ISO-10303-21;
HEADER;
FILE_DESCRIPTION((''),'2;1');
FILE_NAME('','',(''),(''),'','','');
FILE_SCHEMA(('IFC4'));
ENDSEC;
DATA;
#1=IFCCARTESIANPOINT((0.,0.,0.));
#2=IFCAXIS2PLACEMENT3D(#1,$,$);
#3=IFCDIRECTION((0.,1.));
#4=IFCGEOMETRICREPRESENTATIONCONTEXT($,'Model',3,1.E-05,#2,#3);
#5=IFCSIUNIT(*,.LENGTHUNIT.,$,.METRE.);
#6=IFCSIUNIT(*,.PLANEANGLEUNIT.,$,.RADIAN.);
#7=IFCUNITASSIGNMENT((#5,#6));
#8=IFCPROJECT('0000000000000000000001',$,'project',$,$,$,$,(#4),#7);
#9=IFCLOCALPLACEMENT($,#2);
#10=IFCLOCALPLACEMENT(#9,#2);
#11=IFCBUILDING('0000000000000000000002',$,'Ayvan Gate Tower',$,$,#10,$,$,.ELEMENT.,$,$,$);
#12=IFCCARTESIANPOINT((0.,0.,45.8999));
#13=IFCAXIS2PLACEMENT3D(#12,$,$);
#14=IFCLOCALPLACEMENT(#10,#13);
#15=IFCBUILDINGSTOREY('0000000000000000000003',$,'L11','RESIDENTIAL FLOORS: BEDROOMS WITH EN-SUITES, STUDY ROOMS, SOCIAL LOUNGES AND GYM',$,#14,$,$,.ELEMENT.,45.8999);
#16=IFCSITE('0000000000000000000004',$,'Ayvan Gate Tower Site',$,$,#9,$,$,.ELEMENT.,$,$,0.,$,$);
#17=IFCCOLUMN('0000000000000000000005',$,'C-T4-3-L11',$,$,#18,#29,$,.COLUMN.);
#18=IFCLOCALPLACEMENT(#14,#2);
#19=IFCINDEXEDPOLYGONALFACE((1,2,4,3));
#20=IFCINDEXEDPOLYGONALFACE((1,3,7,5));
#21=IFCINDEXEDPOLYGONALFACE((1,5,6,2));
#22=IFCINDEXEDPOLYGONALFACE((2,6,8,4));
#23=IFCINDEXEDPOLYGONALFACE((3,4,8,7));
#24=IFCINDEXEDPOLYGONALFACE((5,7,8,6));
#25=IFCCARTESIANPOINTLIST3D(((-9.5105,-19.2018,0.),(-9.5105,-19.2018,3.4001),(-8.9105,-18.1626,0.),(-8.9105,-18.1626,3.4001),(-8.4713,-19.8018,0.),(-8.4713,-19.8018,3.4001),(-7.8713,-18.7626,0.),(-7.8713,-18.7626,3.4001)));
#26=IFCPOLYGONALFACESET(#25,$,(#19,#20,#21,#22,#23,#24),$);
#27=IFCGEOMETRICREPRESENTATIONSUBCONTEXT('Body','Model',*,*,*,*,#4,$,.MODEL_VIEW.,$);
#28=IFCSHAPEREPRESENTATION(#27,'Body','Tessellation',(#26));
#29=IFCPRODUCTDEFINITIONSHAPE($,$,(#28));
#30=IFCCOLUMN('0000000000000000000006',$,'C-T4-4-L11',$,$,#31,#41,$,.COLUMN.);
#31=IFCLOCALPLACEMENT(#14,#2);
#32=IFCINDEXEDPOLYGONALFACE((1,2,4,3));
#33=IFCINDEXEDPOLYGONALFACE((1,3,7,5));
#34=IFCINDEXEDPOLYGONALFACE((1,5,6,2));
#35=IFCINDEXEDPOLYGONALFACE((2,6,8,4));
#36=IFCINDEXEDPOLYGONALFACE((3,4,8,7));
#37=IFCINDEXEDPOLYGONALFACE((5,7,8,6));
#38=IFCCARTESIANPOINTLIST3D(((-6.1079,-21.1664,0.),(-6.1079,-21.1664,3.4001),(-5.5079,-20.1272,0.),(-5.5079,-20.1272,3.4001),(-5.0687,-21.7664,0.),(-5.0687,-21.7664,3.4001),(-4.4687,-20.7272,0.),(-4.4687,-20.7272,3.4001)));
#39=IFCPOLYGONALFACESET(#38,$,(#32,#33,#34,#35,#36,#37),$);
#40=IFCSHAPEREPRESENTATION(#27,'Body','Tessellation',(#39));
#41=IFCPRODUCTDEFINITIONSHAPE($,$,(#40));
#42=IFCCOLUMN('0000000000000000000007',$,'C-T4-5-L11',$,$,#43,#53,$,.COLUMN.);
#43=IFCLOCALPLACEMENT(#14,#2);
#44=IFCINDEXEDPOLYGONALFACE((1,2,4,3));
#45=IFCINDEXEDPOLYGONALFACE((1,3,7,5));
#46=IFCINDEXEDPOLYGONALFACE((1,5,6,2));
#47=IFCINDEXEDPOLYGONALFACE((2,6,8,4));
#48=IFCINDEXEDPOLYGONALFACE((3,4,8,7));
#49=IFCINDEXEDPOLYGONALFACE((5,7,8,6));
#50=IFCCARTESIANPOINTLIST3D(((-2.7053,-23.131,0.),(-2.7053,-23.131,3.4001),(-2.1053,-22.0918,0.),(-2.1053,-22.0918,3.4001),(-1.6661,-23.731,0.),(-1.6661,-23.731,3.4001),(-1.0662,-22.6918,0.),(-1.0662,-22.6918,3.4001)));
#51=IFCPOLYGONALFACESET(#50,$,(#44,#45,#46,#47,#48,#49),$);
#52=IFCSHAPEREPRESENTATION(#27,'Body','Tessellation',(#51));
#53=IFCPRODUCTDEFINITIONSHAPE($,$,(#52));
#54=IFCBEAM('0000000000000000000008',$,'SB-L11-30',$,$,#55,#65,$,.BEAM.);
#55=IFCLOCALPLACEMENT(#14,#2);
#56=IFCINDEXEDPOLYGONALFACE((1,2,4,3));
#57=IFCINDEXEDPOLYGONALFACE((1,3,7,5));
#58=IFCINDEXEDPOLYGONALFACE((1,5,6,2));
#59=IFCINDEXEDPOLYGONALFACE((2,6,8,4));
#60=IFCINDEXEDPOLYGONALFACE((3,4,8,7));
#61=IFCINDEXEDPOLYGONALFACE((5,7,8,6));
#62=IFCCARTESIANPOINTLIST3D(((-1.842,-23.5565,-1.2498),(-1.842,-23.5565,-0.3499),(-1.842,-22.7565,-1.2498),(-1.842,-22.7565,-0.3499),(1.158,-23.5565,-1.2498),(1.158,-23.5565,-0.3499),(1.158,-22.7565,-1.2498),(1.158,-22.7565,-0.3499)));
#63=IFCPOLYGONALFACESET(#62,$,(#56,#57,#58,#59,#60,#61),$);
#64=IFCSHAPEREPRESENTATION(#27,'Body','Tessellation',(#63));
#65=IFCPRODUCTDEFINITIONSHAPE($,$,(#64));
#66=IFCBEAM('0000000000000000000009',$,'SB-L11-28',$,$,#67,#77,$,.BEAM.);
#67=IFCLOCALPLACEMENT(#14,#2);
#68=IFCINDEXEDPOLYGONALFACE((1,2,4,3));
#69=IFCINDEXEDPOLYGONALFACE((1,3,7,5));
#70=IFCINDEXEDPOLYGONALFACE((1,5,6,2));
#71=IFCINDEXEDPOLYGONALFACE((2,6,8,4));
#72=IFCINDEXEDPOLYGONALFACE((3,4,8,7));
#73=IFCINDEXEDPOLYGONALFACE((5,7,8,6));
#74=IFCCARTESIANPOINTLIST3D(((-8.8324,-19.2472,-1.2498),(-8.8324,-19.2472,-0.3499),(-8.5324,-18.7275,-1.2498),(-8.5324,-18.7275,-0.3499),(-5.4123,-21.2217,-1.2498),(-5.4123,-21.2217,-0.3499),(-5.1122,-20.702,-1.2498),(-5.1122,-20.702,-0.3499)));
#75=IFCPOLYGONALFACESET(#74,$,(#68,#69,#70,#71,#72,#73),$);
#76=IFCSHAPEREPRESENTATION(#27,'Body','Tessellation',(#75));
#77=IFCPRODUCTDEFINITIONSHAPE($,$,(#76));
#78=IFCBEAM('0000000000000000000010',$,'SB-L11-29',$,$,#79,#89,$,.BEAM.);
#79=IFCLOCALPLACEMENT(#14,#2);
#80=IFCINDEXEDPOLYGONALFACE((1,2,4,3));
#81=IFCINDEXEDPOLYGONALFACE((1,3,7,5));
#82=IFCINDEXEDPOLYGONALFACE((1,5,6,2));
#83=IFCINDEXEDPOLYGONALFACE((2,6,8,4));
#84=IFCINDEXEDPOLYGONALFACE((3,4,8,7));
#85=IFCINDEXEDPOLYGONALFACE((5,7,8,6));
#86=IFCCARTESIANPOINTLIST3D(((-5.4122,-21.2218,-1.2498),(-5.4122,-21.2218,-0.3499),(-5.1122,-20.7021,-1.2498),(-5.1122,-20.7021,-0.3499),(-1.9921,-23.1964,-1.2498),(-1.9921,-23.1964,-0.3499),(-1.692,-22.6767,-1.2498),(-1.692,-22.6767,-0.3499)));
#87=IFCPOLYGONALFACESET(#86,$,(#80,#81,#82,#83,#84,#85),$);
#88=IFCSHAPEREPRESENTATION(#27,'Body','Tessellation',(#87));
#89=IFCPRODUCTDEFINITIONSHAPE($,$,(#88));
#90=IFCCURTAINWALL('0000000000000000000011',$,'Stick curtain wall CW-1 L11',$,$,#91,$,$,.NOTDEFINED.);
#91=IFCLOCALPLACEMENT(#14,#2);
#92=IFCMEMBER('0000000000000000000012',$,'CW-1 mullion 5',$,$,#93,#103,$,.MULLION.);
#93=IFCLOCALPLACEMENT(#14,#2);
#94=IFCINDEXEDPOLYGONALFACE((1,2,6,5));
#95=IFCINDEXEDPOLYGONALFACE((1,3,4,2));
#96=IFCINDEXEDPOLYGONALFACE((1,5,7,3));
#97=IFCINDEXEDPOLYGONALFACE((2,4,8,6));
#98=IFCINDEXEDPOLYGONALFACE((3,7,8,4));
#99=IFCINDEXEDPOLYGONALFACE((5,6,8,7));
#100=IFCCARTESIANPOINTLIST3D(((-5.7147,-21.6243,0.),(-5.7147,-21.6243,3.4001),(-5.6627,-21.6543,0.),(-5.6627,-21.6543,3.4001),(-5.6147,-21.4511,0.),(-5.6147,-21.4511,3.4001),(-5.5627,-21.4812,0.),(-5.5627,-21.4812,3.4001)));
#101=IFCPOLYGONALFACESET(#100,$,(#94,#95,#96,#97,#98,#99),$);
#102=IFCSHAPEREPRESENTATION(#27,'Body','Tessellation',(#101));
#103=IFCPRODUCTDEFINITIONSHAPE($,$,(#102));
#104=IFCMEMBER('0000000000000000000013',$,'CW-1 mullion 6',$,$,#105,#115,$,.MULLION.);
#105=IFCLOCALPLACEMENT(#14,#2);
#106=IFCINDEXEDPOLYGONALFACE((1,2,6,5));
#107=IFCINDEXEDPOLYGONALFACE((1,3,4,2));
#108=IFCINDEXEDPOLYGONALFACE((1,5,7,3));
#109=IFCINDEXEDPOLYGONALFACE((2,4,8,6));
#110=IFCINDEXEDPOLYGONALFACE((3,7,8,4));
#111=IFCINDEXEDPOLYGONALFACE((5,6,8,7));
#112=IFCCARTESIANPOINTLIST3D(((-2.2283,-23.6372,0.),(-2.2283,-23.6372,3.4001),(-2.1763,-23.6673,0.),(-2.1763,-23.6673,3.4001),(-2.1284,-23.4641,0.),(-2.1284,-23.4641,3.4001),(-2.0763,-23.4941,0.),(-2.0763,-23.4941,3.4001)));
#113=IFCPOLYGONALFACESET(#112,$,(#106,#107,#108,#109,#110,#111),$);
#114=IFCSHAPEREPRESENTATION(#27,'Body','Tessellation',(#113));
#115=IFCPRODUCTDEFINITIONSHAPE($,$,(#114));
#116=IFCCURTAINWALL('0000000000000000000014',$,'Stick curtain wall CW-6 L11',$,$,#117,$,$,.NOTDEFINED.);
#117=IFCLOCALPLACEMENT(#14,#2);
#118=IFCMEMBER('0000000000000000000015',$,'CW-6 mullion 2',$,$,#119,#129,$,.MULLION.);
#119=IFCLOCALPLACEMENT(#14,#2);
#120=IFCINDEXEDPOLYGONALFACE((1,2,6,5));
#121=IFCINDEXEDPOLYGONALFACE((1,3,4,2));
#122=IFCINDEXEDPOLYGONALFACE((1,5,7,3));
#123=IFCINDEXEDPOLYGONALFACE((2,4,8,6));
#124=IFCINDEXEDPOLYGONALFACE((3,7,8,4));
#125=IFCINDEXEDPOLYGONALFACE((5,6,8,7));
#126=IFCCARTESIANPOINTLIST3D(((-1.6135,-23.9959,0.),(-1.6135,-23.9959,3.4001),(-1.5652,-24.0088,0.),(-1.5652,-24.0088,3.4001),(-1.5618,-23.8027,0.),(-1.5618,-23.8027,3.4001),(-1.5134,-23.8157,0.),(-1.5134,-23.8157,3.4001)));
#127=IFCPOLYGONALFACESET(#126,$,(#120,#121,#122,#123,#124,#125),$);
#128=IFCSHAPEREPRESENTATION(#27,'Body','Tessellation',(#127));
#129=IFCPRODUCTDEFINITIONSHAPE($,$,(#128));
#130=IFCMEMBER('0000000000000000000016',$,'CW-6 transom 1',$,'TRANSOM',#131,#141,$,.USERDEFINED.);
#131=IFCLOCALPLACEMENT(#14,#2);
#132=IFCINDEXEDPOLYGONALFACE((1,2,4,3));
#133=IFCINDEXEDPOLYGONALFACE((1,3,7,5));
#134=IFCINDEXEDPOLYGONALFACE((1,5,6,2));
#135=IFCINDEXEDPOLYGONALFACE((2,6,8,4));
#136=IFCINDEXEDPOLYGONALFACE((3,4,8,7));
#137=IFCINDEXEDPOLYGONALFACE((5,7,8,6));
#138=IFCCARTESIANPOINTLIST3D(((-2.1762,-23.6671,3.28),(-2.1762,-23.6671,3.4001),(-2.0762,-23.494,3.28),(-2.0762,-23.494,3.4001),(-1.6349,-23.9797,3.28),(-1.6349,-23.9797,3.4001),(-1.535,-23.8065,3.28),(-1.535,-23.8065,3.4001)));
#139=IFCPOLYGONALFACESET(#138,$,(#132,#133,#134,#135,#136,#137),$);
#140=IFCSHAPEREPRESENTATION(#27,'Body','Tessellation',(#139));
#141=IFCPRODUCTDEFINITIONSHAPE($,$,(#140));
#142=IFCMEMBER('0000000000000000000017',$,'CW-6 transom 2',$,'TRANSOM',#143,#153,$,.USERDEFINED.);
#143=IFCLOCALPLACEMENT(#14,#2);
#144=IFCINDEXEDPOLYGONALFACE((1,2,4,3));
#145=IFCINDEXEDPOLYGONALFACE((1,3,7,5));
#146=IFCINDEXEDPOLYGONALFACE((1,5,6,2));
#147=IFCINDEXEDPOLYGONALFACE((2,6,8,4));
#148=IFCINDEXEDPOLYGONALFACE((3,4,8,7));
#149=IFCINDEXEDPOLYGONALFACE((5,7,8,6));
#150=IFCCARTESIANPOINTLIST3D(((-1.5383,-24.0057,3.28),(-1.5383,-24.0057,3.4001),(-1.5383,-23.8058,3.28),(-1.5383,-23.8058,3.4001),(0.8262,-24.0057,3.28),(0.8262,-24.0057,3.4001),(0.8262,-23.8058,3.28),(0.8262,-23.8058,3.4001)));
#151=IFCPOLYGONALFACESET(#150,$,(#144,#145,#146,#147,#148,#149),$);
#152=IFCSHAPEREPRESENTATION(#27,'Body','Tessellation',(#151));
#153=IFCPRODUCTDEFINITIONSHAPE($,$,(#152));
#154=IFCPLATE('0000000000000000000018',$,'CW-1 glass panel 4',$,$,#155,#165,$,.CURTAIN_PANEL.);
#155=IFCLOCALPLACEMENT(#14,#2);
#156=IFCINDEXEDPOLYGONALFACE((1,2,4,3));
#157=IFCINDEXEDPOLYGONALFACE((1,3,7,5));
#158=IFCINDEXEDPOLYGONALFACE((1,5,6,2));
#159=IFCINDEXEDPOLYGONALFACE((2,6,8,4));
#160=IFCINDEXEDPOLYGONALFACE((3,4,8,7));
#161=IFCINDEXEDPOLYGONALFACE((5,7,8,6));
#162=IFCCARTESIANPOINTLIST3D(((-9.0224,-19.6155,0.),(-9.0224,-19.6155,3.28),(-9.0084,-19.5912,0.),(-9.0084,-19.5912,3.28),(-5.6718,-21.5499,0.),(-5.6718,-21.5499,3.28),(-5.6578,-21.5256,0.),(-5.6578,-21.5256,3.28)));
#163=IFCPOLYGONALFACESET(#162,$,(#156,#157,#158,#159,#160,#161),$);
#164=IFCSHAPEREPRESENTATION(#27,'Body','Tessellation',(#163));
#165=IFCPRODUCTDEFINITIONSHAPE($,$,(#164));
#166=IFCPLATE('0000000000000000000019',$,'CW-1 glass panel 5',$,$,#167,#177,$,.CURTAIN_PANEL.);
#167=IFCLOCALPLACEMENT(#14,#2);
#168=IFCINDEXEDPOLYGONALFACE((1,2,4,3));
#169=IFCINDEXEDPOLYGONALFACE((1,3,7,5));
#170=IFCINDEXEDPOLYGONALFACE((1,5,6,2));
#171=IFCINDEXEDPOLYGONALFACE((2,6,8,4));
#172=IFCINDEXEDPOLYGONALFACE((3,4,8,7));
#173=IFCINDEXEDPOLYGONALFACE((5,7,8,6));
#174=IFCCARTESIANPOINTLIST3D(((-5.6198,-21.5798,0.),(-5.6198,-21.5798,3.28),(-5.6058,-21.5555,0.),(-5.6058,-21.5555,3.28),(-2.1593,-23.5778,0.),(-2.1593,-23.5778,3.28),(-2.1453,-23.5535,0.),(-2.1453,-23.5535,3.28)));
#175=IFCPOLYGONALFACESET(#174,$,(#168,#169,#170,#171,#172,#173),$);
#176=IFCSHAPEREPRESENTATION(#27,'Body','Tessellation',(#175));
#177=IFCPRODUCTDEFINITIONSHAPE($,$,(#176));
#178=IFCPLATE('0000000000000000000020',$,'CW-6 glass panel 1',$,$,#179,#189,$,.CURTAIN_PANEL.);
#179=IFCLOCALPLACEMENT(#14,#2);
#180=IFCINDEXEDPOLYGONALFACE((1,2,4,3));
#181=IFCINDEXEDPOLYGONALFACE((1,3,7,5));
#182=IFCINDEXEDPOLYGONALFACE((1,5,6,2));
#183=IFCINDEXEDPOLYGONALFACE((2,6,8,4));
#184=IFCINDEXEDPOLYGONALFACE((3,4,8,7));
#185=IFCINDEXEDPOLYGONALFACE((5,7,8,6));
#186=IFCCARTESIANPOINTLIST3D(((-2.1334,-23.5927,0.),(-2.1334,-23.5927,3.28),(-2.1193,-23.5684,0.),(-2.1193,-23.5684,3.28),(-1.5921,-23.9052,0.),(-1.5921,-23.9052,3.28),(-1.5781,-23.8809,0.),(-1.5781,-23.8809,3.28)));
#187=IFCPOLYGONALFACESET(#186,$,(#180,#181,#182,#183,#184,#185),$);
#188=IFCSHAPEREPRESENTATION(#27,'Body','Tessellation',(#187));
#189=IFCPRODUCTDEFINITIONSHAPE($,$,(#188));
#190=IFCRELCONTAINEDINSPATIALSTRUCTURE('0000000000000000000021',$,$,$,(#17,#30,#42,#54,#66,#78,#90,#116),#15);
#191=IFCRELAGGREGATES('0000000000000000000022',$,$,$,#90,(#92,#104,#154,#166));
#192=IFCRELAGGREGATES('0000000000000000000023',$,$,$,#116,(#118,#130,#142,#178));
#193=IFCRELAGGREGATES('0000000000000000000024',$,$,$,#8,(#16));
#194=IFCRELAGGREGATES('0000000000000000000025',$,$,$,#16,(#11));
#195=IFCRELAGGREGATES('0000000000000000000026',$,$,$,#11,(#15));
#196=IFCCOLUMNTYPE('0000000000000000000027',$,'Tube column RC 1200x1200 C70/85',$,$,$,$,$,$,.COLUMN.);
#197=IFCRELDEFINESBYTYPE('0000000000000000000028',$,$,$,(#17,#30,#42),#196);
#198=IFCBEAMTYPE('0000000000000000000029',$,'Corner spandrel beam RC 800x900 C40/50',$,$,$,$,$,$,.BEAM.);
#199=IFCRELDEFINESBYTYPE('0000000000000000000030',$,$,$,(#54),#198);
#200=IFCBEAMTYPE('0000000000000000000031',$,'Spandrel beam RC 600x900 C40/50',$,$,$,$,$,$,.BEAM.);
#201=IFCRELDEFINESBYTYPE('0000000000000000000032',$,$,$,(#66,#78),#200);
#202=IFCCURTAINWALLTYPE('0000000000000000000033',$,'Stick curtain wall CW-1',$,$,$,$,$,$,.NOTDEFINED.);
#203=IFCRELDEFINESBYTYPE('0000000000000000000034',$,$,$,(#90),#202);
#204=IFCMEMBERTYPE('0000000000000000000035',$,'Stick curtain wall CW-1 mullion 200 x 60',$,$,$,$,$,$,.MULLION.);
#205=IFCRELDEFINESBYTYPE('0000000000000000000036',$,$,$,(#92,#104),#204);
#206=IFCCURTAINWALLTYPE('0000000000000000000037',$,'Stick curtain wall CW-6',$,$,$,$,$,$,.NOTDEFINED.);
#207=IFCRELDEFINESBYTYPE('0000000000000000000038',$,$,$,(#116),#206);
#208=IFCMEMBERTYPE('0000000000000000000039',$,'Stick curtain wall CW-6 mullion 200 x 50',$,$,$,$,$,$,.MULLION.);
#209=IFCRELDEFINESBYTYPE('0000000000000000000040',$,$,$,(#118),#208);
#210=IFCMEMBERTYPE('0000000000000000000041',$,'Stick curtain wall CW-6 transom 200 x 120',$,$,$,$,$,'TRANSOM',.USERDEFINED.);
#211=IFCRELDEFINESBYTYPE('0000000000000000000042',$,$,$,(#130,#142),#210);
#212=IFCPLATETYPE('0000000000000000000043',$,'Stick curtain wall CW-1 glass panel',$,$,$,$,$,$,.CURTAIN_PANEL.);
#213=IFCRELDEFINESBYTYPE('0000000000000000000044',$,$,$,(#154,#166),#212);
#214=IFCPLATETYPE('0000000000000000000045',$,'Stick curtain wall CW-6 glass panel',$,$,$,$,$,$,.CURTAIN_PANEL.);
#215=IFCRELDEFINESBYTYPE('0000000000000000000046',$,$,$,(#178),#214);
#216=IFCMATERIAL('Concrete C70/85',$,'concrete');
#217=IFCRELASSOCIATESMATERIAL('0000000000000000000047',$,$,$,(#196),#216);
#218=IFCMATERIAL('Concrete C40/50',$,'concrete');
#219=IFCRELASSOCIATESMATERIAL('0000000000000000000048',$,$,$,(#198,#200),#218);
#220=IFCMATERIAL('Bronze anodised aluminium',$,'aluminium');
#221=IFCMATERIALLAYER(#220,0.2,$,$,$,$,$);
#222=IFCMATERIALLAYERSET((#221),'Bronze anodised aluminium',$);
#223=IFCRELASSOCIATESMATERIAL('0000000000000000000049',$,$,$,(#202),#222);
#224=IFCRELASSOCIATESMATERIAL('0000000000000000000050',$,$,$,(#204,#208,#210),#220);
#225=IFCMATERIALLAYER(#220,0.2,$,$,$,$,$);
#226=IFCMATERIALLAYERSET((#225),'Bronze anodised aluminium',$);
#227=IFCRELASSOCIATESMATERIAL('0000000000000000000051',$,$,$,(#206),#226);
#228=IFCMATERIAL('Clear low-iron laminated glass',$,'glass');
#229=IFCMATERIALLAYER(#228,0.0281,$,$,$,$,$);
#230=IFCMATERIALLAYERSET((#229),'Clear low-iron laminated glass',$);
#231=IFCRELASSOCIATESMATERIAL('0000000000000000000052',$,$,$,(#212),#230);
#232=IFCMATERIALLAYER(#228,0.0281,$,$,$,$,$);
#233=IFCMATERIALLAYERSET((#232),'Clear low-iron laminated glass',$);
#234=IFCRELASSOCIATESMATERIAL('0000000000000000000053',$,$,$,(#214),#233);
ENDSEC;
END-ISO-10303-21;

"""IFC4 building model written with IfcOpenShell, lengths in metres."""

from ifc_helpers import new_model, si_unit, direction, frame, origin, origin_2d, place, context, subcontext, project, spatial, rectangle, extrude, material, layer, layer_set, material_profile, profile_set, type_object, element, aggregate, save


model = new_model("IFC4")

# Units and contexts
model_context = context("Model", 3, precision=1e-05, world=origin(), true_north=direction((0.0, 1.0)))
body_context = subcontext(model_context, "Body", "Model", "MODEL_VIEW")
ifc_project = project(units=[si_unit("LENGTHUNIT", "METRE"), si_unit("PLANEANGLEUNIT", "RADIAN")], contexts=[model_context])

# Site, building, storey
site_placement = place(None, origin())
site = spatial("IfcSite", under=ifc_project, at=site_placement, Name="Ayvan Gate Tower Site", CompositionType="ELEMENT", RefElevation=0.0)
building_placement = place(site_placement, origin())
building = spatial("IfcBuilding", under=site, at=building_placement, Name="Ayvan Gate Tower", CompositionType="ELEMENT")
storey_placement = place(building_placement, frame((0.0, 0.0, 45.8999)))
storey = spatial("IfcBuildingStorey", under=building, at=storey_placement, Name="L11", Description="RESIDENTIAL FLOORS: BEDROOMS WITH EN-SUITES, STUDY ROOMS, SOCIAL LOUNGES AND GYM", CompositionType="ELEMENT", Elevation=45.8999)

# Columns
ifc_material_1 = material(Name="Concrete C70/85", Category="concrete")
ifc_material_profile_1 = material_profile(ifc_material_1, rectangle(XDim=1.2, YDim=1.2, at=origin_2d()), Name="RC 1200x1200")
ifc_profile_set_1 = profile_set([ifc_material_profile_1], Name="Concrete C70/85")
column_type = type_object("IfcColumnType", Name="Tube column RC 1200x1200 C70/85", PredefinedType="COLUMN", material=ifc_profile_set_1)
for number, where, z_axis, x_axis, name in (
    (1, (-8.6909, -18.9822, 0.0), (0.0, 0.0, 1.0), (-0.5, -0.866025, 0.0), "C-T4-3-L11"),
    (2, (-5.2883, -20.9468, 0.0), (0.0, 0.0, 1.0), (-0.5, -0.866025, 0.0), "C-T4-4-L11"),
    (3, (-1.8857, -22.9114, 0.0), (0.0, 0.0, 1.0), (-0.5, -0.866025, 0.0), "C-T4-5-L11"),
):
    element("IfcColumn", number, at=place(storey_placement, frame(where, z_axis=z_axis, x_axis=x_axis)), inside=storey, type_object=column_type, Name=name, PredefinedType="COLUMN", context=body_context, shape_type="SweptSolid", body=[
        extrude(rectangle(XDim=1.2, YDim=1.2, at=origin_2d()), origin(), (0.0, 0.0, 1.0), 3.4001),
    ])

# Beams
ifc_material_2 = material(Name="Concrete C40/50", Category="concrete")
ifc_material_profile_2 = material_profile(ifc_material_2, rectangle(XDim=0.8, YDim=0.8999, at=origin_2d()), Name="RC 800x900")
ifc_profile_set_2 = profile_set([ifc_material_profile_2], Name="Concrete C40/50")
beam_type_1 = type_object("IfcBeamType", Name="Corner spandrel beam RC 800x900 C40/50", PredefinedType="BEAM", material=ifc_profile_set_2)
beam_placement = place(storey_placement, frame((-1.842, -23.1565, -0.7998), z_axis=(1.0, 0.0, 0.0), x_axis=(0.0, 1.0, 0.0)))
element("IfcBeam", 4, at=beam_placement, inside=storey, type_object=beam_type_1, Name="SB-L11-30", PredefinedType="BEAM", context=body_context, shape_type="SweptSolid", body=[
    extrude(rectangle(XDim=0.8, YDim=0.8999, at=origin_2d()), origin(), (0.0, 0.0, 1.0), 3.0),
])
ifc_material_profile_3 = material_profile(ifc_material_2, rectangle(XDim=0.6001, YDim=0.8999, at=origin_2d()), Name="RC 600x900")
ifc_profile_set_3 = profile_set([ifc_material_profile_3], Name="Concrete C40/50")
beam_type_2 = type_object("IfcBeamType", Name="Spandrel beam RC 600x900 C40/50", PredefinedType="BEAM", material=ifc_profile_set_3)
for number, where, z_axis, x_axis, name in (
    (5, (-8.6824, -18.9873, -0.7998), (0.866028, -0.499995, 0.0), (0.499995, 0.866028, 0.0), "SB-L11-28"),
    (6, (-5.2622, -20.9619, -0.7998), (0.866028, -0.499995, 0.0), (0.499995, 0.866028, 0.0), "SB-L11-29"),
):
    element("IfcBeam", number, at=place(storey_placement, frame(where, z_axis=z_axis, x_axis=x_axis)), inside=storey, type_object=beam_type_2, Name=name, PredefinedType="BEAM", context=body_context, shape_type="SweptSolid", body=[
        extrude(rectangle(XDim=0.6001, YDim=0.8999, at=origin_2d()), origin(), (0.0, 0.0, 1.0), 3.9492),
    ])

# Curtain walls, members
ifc_material_3 = material(Name="Bronze anodised aluminium", Category="aluminium")
ifc_layer_1 = layer(ifc_material_3, 0.2)
ifc_layer_set_1 = layer_set([ifc_layer_1], Name="Bronze anodised aluminium")
curtain_wall_type_1 = type_object("IfcCurtainWallType", Name="Stick curtain wall CW-1", PredefinedType="NOTDEFINED", material=ifc_layer_set_1)
curtain_wall_1_placement = place(storey_placement, origin())
curtain_wall_1 = element("IfcCurtainWall", 7, at=curtain_wall_1_placement, inside=storey, type_object=curtain_wall_type_1, Name="Stick curtain wall CW-1 L11", PredefinedType="NOTDEFINED")
ifc_material_profile_4 = material_profile(ifc_material_3, rectangle(XDim=0.2, YDim=0.0601, at=origin_2d()), Name="Stick curtain wall CW-1 mullion 200 x 60")
ifc_profile_set_4 = profile_set([ifc_material_profile_4], Name="Bronze anodised aluminium")
member_type_1 = type_object("IfcMemberType", Name="Stick curtain wall CW-1 mullion 200 x 60", PredefinedType="MULLION", material=ifc_profile_set_4)
member_1_placement = place(storey_placement, frame((-5.6387, -21.5527, 0.0), z_axis=(0.0, 0.0, 1.0), x_axis=(-0.5, -0.866025, 0.0)))
member_1 = element("IfcMember", 8, at=member_1_placement, type_object=member_type_1, Name="CW-1 mullion 5", PredefinedType="MULLION", context=body_context, shape_type="SweptSolid", body=[
    extrude(rectangle(XDim=0.2, YDim=0.0601, at=origin_2d()), origin(), (0.0, 0.0, 1.0), 3.4001),
])
member_2_placement = place(storey_placement, frame((-2.1523, -23.5657, 0.0), z_axis=(0.0, 0.0, 1.0), x_axis=(-0.5, -0.866025, 0.0)))
member_2 = element("IfcMember", 9, at=member_2_placement, type_object=member_type_1, Name="CW-1 mullion 6", PredefinedType="MULLION", context=body_context, shape_type="SweptSolid", body=[
    extrude(rectangle(XDim=0.2, YDim=0.0601, at=origin_2d()), origin(), (0.0, 0.0, 1.0), 3.4001),
])
ifc_layer_2 = layer(ifc_material_3, 0.2)
ifc_layer_set_2 = layer_set([ifc_layer_2], Name="Bronze anodised aluminium")
curtain_wall_type_2 = type_object("IfcCurtainWallType", Name="Stick curtain wall CW-6", PredefinedType="NOTDEFINED", material=ifc_layer_set_2)
curtain_wall_2_placement = place(storey_placement, origin())
curtain_wall_2 = element("IfcCurtainWall", 10, at=curtain_wall_2_placement, inside=storey, type_object=curtain_wall_type_2, Name="Stick curtain wall CW-6 L11", PredefinedType="NOTDEFINED")
ifc_material_profile_5 = material_profile(ifc_material_3, rectangle(XDim=0.2, YDim=0.05, at=origin_2d()), Name="Stick curtain wall CW-6 mullion 200 x 50")
ifc_profile_set_5 = profile_set([ifc_material_profile_5], Name="Bronze anodised aluminium")
member_type_2 = type_object("IfcMemberType", Name="Stick curtain wall CW-6 mullion 200 x 50", PredefinedType="MULLION", material=ifc_profile_set_5)
member_3_placement = place(storey_placement, frame((-1.5635, -23.9058, 0.0), z_axis=(0.0, 0.0, 1.0), x_axis=(-0.258819, -0.965926, 0.0)))
member_3 = element("IfcMember", 11, at=member_3_placement, type_object=member_type_2, Name="CW-6 mullion 2", PredefinedType="MULLION", context=body_context, shape_type="SweptSolid", body=[
    extrude(rectangle(XDim=0.2, YDim=0.05, at=origin_2d()), origin(), (0.0, 0.0, 1.0), 3.4001),
])
ifc_material_profile_6 = material_profile(ifc_material_3, rectangle(XDim=0.2, YDim=0.1201, at=origin_2d()), Name="Stick curtain wall CW-6 transom 200 x 120")
ifc_profile_set_6 = profile_set([ifc_material_profile_6], Name="Bronze anodised aluminium")
member_type_3 = type_object("IfcMemberType", Name="Stick curtain wall CW-6 transom 200 x 120", ElementType="TRANSOM", PredefinedType="USERDEFINED", material=ifc_profile_set_6)
member_4_placement = place(storey_placement, frame((-2.1262, -23.5806, 3.3401), z_axis=(0.866023, -0.500004, 0.0), x_axis=(0.500004, 0.866023, 0.0)))
member_4 = element("IfcMember", 12, at=member_4_placement, type_object=member_type_3, Name="CW-6 transom 1", ObjectType="TRANSOM", PredefinedType="USERDEFINED", context=body_context, shape_type="SweptSolid", body=[
    extrude(rectangle(XDim=0.2, YDim=0.1201, at=origin_2d()), origin(), (0.0, 0.0, 1.0), 0.625),
])
member_5_placement = place(storey_placement, frame((-1.5383, -23.9058, 3.3401), z_axis=(1.0, 0.0, 0.0), x_axis=(0.0, 1.0, 0.0)))
member_5 = element("IfcMember", 13, at=member_5_placement, type_object=member_type_3, Name="CW-6 transom 2", ObjectType="TRANSOM", PredefinedType="USERDEFINED", context=body_context, shape_type="SweptSolid", body=[
    extrude(rectangle(XDim=0.2, YDim=0.1201, at=origin_2d()), origin(), (0.0, 0.0, 1.0), 2.3645),
])

# Plates
ifc_material_4 = material(Name="Clear low-iron laminated glass", Category="glass")
ifc_layer_3 = layer(ifc_material_4, 0.0281)
ifc_layer_set_3 = layer_set([ifc_layer_3], Name="Clear low-iron laminated glass")
plate_type_1 = type_object("IfcPlateType", Name="Stick curtain wall CW-1 glass panel", PredefinedType="CURTAIN_PANEL", material=ifc_layer_set_3)
plate_1_placement = place(storey_placement, frame((-7.3401, -20.5706, 0.0), z_axis=(0.0, 0.0, 1.0), x_axis=(0.866025, -0.5, 0.0)))
plate_1 = element("IfcPlate", 14, at=plate_1_placement, type_object=plate_type_1, Name="CW-1 glass panel 4", PredefinedType="CURTAIN_PANEL", context=body_context, shape_type="SweptSolid", body=[
    extrude(rectangle(XDim=3.8689, YDim=0.0281, at=origin_2d()), origin(), (0.0, 0.0, 1.0), 3.28),
])
plate_2_placement = place(storey_placement, frame((-3.8826, -22.5667, 0.0), z_axis=(0.0, 0.0, 1.0), x_axis=(0.866025, -0.5, 0.0)))
plate_2 = element("IfcPlate", 15, at=plate_2_placement, type_object=plate_type_1, Name="CW-1 glass panel 5", PredefinedType="CURTAIN_PANEL", context=body_context, shape_type="SweptSolid", body=[
    extrude(rectangle(XDim=3.9958, YDim=0.0281, at=origin_2d()), origin(), (0.0, 0.0, 1.0), 3.28),
])
aggregate(curtain_wall_1, [member_1, member_2, plate_1, plate_2])
ifc_layer_4 = layer(ifc_material_4, 0.0281)
ifc_layer_set_4 = layer_set([ifc_layer_4], Name="Clear low-iron laminated glass")
plate_type_2 = type_object("IfcPlateType", Name="Stick curtain wall CW-6 glass panel", PredefinedType="CURTAIN_PANEL", material=ifc_layer_set_4)
plate_3_placement = place(storey_placement, frame((-1.8557, -23.7368, 0.0), z_axis=(0.0, 0.0, 1.0), x_axis=(0.866025, -0.5, 0.0)))
plate_3 = element("IfcPlate", 16, at=plate_3_placement, type_object=plate_type_2, Name="CW-6 glass panel 1", PredefinedType="CURTAIN_PANEL", context=body_context, shape_type="SweptSolid", body=[
    extrude(rectangle(XDim=0.625, YDim=0.0281, at=origin_2d()), origin(), (0.0, 0.0, 1.0), 3.28),
])
aggregate(curtain_wall_2, [member_3, member_4, member_5, plate_3])

save(model, "model.ifc")
